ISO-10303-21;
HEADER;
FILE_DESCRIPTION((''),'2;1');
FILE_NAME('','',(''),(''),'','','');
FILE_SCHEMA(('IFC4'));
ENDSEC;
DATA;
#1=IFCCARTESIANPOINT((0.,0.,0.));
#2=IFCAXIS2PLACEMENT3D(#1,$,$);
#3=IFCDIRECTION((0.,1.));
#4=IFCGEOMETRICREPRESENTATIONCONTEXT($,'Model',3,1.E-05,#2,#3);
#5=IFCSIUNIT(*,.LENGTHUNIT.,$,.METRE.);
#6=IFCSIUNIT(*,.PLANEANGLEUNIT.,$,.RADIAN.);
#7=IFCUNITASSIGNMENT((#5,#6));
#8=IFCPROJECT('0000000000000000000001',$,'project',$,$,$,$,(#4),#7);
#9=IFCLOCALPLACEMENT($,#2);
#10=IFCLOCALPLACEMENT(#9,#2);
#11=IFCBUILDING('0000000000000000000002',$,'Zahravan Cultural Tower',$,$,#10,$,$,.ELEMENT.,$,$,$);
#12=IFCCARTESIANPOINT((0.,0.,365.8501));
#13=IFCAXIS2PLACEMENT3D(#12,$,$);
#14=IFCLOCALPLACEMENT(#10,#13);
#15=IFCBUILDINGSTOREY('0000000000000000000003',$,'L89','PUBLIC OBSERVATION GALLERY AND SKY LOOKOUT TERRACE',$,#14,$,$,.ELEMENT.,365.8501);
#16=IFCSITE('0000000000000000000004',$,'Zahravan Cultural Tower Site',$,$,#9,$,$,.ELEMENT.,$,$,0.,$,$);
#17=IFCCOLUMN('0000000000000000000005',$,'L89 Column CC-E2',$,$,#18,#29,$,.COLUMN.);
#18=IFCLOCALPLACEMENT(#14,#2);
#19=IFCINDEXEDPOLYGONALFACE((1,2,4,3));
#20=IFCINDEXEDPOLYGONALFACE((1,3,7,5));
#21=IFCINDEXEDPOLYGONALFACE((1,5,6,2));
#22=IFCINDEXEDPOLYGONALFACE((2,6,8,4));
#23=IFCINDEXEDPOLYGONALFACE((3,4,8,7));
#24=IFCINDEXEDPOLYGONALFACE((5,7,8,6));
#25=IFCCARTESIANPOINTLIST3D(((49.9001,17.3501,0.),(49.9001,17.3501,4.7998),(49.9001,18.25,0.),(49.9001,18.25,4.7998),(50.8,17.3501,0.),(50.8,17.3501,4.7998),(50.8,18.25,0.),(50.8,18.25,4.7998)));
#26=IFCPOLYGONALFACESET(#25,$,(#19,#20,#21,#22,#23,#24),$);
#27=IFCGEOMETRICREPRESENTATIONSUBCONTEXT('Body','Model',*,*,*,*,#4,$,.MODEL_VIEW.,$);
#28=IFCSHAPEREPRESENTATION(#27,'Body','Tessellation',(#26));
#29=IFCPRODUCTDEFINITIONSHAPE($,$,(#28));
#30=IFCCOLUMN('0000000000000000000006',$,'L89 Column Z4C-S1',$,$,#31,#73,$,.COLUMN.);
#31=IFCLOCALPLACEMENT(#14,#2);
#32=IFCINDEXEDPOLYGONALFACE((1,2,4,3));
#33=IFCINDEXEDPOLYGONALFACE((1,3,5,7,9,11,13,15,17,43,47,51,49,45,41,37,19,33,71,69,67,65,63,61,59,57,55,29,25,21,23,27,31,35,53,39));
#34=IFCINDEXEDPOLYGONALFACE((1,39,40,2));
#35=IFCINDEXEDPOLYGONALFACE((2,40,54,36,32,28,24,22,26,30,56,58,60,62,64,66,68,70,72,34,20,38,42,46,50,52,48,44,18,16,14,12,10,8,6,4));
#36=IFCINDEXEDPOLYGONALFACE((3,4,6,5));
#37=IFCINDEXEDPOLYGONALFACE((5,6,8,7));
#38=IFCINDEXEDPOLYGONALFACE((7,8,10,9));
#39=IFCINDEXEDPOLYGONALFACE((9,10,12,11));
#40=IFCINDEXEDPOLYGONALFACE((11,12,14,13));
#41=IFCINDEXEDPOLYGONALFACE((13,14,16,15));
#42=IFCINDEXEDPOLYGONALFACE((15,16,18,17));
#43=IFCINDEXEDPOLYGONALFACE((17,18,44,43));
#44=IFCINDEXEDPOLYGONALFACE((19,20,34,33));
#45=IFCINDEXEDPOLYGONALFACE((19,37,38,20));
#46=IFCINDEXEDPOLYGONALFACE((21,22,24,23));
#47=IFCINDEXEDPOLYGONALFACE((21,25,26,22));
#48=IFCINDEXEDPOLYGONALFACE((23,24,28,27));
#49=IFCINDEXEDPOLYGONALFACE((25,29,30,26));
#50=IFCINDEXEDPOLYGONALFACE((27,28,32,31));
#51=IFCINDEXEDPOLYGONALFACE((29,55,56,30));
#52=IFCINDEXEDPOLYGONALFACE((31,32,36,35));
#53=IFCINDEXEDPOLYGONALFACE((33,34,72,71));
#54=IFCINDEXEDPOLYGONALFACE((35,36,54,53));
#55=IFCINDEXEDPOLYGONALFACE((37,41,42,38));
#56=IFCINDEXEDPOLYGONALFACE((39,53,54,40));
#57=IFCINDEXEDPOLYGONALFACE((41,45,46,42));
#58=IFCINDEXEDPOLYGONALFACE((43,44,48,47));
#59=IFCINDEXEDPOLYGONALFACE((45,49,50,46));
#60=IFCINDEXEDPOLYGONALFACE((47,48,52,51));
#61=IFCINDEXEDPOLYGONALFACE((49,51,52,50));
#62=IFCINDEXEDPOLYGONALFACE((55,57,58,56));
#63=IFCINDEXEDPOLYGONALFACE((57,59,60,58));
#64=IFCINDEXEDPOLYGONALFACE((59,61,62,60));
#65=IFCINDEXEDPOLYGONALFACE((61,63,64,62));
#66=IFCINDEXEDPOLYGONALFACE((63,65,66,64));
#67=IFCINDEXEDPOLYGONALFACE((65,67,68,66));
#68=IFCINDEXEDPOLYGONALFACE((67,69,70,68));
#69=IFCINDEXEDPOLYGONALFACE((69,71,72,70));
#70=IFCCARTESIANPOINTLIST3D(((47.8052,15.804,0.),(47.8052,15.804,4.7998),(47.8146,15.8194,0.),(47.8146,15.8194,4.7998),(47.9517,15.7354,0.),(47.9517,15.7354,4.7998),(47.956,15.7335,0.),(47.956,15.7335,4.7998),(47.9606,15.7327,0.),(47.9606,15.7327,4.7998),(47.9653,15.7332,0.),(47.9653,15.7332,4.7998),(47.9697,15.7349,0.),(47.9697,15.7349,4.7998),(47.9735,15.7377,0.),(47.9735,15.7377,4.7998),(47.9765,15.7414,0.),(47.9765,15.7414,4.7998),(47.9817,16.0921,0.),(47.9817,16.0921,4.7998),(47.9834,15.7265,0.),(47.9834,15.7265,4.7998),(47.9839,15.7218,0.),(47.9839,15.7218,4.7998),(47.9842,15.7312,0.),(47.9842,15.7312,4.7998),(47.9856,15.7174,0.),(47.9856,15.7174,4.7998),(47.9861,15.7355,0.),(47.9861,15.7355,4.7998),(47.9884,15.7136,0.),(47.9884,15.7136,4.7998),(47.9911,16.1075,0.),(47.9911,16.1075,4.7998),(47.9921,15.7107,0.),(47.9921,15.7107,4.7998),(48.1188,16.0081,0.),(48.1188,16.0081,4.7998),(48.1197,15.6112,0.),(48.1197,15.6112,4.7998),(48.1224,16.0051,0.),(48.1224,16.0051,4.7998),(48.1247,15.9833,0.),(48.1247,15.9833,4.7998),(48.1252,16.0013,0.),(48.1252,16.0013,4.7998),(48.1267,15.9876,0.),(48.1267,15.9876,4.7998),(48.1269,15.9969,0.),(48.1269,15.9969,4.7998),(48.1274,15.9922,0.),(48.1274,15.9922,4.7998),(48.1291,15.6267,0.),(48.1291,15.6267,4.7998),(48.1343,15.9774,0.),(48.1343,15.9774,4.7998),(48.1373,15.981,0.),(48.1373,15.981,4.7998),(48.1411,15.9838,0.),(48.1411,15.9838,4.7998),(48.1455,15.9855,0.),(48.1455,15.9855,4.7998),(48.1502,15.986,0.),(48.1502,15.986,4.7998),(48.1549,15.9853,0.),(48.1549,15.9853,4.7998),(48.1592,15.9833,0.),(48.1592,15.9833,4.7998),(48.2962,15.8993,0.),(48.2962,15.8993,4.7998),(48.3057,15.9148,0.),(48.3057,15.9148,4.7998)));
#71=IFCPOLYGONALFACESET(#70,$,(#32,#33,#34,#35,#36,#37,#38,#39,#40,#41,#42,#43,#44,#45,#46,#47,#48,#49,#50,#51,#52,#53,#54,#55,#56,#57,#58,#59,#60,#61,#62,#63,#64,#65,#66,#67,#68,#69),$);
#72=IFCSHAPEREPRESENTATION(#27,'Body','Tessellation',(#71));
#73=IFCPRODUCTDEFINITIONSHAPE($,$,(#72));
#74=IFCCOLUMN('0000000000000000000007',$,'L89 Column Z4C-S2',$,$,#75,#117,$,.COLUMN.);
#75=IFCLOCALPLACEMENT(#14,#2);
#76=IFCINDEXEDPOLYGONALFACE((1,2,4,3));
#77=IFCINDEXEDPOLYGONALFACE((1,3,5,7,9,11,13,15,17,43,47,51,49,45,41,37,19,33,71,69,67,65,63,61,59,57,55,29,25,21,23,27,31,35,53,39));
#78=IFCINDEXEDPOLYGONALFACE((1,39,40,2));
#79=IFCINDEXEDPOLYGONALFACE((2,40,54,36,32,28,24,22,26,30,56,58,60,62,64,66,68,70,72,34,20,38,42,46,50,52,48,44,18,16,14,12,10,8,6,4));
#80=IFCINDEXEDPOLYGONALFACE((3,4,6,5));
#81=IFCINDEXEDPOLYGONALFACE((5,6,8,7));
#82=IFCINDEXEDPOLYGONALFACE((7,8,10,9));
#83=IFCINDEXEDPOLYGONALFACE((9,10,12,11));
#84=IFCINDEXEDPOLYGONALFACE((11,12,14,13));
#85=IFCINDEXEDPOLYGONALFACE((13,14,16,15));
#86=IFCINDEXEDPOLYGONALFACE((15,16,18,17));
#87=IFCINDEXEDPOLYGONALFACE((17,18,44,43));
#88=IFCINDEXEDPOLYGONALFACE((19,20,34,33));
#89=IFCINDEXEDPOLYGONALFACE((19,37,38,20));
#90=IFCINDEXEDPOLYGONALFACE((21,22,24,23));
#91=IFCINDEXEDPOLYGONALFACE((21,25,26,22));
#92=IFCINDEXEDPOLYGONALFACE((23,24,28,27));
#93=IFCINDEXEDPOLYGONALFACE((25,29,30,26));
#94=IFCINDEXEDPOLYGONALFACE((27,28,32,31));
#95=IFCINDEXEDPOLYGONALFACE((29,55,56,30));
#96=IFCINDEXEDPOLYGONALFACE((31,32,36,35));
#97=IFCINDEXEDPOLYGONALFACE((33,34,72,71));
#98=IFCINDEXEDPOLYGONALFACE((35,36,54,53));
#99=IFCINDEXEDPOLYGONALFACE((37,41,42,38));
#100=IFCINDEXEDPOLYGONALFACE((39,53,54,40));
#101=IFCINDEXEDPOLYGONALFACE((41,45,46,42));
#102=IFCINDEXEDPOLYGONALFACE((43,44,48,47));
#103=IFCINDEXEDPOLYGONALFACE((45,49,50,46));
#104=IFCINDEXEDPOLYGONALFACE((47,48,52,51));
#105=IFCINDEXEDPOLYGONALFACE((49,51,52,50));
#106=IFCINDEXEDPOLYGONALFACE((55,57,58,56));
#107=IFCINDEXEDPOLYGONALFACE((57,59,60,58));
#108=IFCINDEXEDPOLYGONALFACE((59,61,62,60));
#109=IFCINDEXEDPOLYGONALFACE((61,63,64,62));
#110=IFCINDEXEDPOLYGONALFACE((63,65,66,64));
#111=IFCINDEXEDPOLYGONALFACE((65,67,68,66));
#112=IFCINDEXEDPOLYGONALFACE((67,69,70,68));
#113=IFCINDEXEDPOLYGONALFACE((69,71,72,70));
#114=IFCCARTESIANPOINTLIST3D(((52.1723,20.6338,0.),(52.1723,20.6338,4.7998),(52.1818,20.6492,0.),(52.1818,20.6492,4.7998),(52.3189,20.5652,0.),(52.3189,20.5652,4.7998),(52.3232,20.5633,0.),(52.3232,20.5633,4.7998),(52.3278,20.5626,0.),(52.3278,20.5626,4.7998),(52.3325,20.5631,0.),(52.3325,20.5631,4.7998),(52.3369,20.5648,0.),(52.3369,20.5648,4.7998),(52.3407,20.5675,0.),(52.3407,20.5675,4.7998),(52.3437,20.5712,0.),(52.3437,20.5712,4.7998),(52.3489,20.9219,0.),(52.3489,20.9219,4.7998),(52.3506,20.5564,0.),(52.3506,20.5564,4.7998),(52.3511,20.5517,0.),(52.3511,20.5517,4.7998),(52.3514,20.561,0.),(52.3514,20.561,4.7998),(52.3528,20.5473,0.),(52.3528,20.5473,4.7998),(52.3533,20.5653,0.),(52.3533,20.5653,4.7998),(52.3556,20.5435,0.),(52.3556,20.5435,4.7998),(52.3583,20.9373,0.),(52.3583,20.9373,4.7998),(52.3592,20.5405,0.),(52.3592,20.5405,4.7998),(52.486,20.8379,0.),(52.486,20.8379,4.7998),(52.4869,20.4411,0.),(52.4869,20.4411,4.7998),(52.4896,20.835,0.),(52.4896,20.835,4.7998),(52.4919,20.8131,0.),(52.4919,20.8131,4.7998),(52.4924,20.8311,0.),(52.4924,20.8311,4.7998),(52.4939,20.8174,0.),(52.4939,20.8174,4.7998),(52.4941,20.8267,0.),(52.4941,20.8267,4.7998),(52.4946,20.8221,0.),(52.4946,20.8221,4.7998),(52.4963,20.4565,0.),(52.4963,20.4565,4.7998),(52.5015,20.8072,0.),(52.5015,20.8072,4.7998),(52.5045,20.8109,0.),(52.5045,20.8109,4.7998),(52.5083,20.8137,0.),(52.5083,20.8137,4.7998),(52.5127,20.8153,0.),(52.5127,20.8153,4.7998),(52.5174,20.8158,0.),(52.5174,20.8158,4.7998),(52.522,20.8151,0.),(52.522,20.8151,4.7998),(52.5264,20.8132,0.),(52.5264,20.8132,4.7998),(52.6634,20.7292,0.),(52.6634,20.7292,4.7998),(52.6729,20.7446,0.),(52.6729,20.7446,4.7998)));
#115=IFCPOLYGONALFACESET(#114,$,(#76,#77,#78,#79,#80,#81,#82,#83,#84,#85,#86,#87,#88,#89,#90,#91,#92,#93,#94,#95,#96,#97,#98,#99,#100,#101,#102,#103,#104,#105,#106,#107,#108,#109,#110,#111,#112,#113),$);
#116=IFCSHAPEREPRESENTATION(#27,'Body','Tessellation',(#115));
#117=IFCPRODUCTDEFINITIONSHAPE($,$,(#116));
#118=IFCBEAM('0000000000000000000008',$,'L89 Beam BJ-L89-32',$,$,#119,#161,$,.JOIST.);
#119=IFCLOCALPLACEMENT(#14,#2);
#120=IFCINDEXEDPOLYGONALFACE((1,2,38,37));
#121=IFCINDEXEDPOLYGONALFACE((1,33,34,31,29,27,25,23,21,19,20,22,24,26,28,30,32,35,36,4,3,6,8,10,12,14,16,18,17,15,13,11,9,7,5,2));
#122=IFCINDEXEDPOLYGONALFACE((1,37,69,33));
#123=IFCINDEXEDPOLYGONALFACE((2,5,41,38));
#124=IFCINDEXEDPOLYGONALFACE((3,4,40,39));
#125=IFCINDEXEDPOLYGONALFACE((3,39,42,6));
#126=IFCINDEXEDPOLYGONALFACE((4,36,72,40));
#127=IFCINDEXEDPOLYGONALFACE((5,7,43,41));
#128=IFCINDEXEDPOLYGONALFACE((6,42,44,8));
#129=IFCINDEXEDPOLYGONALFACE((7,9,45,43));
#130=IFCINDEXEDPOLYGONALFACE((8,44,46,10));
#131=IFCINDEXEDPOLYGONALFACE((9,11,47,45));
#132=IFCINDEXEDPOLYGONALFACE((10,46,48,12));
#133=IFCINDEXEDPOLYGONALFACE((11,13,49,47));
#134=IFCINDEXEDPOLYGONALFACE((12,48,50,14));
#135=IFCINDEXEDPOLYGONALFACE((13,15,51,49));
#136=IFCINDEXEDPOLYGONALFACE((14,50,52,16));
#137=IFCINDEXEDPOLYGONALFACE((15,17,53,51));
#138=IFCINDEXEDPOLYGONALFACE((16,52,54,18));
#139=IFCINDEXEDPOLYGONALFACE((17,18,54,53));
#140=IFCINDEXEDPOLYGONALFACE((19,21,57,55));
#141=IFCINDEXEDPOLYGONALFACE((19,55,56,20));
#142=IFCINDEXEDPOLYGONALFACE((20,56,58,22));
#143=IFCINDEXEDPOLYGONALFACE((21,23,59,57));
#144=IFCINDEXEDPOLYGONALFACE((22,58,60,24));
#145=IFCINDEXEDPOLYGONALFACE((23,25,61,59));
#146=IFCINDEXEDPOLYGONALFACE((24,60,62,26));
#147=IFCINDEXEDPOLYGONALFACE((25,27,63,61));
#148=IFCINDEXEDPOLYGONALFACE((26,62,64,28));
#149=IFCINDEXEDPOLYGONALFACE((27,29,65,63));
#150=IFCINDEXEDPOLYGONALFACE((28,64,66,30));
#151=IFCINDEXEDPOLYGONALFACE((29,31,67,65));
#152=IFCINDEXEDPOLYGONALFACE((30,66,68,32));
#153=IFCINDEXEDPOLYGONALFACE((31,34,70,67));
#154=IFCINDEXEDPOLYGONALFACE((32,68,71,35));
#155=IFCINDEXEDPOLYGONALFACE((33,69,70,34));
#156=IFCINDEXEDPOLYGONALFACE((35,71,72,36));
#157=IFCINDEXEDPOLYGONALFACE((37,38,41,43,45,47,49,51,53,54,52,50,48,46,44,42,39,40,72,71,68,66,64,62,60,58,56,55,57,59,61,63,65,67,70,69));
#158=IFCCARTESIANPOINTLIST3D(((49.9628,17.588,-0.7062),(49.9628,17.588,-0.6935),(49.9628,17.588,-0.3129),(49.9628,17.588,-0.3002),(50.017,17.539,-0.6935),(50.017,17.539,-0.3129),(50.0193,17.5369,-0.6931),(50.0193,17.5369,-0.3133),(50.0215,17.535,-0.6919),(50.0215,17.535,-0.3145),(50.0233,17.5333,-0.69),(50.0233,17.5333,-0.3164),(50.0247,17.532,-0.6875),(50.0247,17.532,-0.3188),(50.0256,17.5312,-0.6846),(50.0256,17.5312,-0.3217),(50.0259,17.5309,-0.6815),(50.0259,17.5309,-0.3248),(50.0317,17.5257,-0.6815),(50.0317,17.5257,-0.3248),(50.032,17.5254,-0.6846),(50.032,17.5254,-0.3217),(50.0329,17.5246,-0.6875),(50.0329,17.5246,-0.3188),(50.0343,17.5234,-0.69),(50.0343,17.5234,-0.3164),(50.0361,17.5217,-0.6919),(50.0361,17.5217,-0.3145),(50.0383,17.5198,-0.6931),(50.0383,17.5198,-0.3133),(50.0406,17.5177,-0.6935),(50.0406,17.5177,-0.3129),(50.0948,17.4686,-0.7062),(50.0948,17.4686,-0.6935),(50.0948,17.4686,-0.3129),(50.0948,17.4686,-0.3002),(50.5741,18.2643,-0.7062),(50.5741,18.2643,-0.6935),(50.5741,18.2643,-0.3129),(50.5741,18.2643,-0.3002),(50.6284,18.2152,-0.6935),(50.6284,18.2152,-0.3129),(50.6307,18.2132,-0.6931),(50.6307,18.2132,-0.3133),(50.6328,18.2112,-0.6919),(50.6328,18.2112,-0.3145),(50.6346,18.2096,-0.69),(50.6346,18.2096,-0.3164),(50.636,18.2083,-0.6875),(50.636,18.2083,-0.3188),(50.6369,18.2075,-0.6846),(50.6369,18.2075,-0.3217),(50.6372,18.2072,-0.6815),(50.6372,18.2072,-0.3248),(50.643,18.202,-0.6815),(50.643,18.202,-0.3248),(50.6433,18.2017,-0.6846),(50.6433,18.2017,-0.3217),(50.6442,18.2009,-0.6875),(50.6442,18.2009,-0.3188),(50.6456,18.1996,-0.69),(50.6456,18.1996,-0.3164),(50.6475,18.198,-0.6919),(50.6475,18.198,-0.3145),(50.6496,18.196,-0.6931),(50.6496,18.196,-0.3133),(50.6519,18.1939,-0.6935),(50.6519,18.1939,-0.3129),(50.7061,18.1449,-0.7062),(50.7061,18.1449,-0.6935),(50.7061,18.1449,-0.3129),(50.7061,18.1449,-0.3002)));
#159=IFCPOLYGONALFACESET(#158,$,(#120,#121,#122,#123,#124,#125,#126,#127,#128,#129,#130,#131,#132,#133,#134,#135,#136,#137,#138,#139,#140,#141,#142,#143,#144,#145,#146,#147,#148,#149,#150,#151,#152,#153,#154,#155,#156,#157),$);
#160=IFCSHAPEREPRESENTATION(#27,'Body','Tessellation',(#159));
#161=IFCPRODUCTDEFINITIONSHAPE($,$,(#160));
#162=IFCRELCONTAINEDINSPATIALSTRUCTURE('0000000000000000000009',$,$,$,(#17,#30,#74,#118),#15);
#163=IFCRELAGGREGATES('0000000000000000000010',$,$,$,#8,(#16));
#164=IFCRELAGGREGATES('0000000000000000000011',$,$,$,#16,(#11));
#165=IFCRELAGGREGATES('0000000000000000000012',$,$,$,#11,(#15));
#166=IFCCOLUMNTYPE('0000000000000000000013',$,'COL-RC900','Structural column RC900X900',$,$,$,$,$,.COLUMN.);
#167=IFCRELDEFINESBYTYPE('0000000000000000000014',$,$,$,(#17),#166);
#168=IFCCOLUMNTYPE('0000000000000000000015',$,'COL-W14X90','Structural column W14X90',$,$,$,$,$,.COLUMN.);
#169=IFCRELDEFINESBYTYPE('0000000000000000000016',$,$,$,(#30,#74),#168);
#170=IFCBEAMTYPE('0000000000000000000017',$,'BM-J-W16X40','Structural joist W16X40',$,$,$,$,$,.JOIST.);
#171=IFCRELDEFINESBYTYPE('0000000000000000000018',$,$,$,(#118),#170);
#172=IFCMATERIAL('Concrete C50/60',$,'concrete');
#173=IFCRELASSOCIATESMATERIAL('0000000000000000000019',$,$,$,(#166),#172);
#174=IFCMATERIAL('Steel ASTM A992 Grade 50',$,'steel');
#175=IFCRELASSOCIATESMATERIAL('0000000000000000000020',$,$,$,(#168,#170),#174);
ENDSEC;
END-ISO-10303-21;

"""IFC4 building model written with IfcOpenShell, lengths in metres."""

from ifc_helpers import new_model, si_unit, direction, frame, origin, origin_2d, place, context, subcontext, project, spatial, rectangle, i_section, extrude, source, transform, mapped, material, material_profile, profile_set, type_object, element, save


model = new_model("IFC4")

# Units and contexts
model_context = context("Model", 3, precision=1e-05, world=origin(), true_north=direction((0.0, 1.0)))
body_context = subcontext(model_context, "Body", "Model", "MODEL_VIEW")
ifc_project = project(units=[si_unit("LENGTHUNIT", "METRE"), si_unit("PLANEANGLEUNIT", "RADIAN")], contexts=[model_context])

# Site, building, storey
site_placement = place(None, origin())
site = spatial("IfcSite", under=ifc_project, at=site_placement, Name="Zahravan Cultural Tower Site", CompositionType="ELEMENT", RefElevation=0.0)
building_placement = place(site_placement, origin())
building = spatial("IfcBuilding", under=site, at=building_placement, Name="Zahravan Cultural Tower", CompositionType="ELEMENT")
storey_placement = place(building_placement, frame((0.0, 0.0, 365.8501)))
storey = spatial("IfcBuildingStorey", under=building, at=storey_placement, Name="L89", Description="PUBLIC OBSERVATION GALLERY AND SKY LOOKOUT TERRACE", CompositionType="ELEMENT", Elevation=365.8501)

# Columns
ifc_material_1 = material(Name="Concrete C50/60", Category="concrete")
ifc_material_profile_1 = material_profile(ifc_material_1, rectangle(XDim=0.8999, YDim=0.8999, at=origin_2d()), Name="RC900X900")
ifc_profile_set_1 = profile_set([ifc_material_profile_1], Name="Concrete C50/60")
column_type_1 = type_object("IfcColumnType", Name="COL-RC900", Description="Structural column RC900X900", PredefinedType="COLUMN", material=ifc_profile_set_1)
shared_shape_1 = source(origin(), body_context, "Body", "SweptSolid", [
    extrude(rectangle(XDim=0.8999, YDim=0.8999, at=origin_2d()), origin(), (0.0, 0.0, 1.0), 4.7998),
])
column_placement = place(storey_placement, frame((50.3501, 17.8, 0.0), z_axis=(0.0, 0.0, 1.0), x_axis=(1.0, 0.0, 0.0)))
element("IfcColumn", 1, at=column_placement, inside=storey, type_object=column_type_1, Name="L89 Column CC-E2", PredefinedType="COLUMN", context=body_context, shape_type="MappedRepresentation", body=[
    mapped(shared_shape_1, transform((0.0, 0.0, 0.0), x_axis=(1.0, 0.0, 0.0), y_axis=(0.0, 1.0, 0.0), z_axis=(0.0, 0.0, 1.0), scale=1.0)),
])
ifc_material_2 = material(Name="Steel ASTM A992 Grade 50", Category="steel")
ifc_material_profile_2 = material_profile(ifc_material_2, i_section(OverallWidth=0.3689, OverallDepth=0.356, WebThickness=0.0112, FlangeThickness=0.0181, FilletRadius=0.0181, at=origin_2d()), Name="W14X90")
ifc_profile_set_2 = profile_set([ifc_material_profile_2], Name="Steel ASTM A992 Grade 50")
column_type_2 = type_object("IfcColumnType", Name="COL-W14X90", Description="Structural column W14X90", PredefinedType="COLUMN", material=ifc_profile_set_2)
shared_shape_2 = source(origin(), body_context, "Body", "SweptSolid", [
    extrude(i_section(OverallWidth=0.3689, OverallDepth=0.356, WebThickness=0.0112, FlangeThickness=0.0181, FilletRadius=0.0181, at=origin_2d()), origin(), (0.0, 0.0, 1.0), 4.7998),
])
for number, where, z_axis, x_axis, name in (
    (2, (48.0554, 15.8594, 0.0), (0.0, 0.0, 1.0), (-0.85264, 0.522499, 0.0), "L89 Column Z4C-S1"),
    (3, (52.4226, 20.6892, 0.0), (0.0, 0.0, 1.0), (-0.85264, 0.522499, 0.0), "L89 Column Z4C-S2"),
):
    element("IfcColumn", number, at=place(storey_placement, frame(where, z_axis=z_axis, x_axis=x_axis)), inside=storey, type_object=column_type_2, Name=name, PredefinedType="COLUMN", context=body_context, shape_type="MappedRepresentation", body=[
        mapped(shared_shape_2, transform((0.0, 0.0, 0.0), x_axis=(1.0, 0.0, 0.0), y_axis=(0.0, 1.0, 0.0), z_axis=(0.0, 0.0, 1.0), scale=1.0)),
    ])

# Beam
ifc_material_profile_3 = material_profile(ifc_material_2, i_section(OverallWidth=0.178, OverallDepth=0.406, WebThickness=0.0078, FlangeThickness=0.0127, FilletRadius=0.012, at=origin_2d()), Name="W16X40")
ifc_profile_set_3 = profile_set([ifc_material_profile_3], Name="Steel ASTM A992 Grade 50")
beam_type_1 = type_object("IfcBeamType", Name="BM-J-W16X40", Description="Structural joist W16X40", PredefinedType="JOIST", material=ifc_profile_set_3)
shared_shape_3 = source(origin(), body_context, "Body", "SweptSolid", [
    extrude(i_section(OverallWidth=0.178, OverallDepth=0.406, WebThickness=0.0078, FlangeThickness=0.0127, FilletRadius=0.012, at=origin_2d()), origin(), (0.0, 0.0, 1.0), 0.9116),
])
beam_1_placement = place(storey_placement, frame((50.0288, 17.5283, -0.5032), z_axis=(0.670591, 0.741828, 0.0), x_axis=(-0.741828, 0.670591, 0.0)))
element("IfcBeam", 4, at=beam_1_placement, inside=storey, type_object=beam_type_1, Name="L89 Beam BJ-L89-32", PredefinedType="JOIST", context=body_context, shape_type="MappedRepresentation", body=[
    mapped(shared_shape_3, transform((0.0, 0.0, 0.0), x_axis=(1.0, 0.0, 0.0), y_axis=(0.0, 1.0, 0.0), z_axis=(0.0, 0.0, 1.0), scale=1.0)),
])

save(model, "model.ifc")
